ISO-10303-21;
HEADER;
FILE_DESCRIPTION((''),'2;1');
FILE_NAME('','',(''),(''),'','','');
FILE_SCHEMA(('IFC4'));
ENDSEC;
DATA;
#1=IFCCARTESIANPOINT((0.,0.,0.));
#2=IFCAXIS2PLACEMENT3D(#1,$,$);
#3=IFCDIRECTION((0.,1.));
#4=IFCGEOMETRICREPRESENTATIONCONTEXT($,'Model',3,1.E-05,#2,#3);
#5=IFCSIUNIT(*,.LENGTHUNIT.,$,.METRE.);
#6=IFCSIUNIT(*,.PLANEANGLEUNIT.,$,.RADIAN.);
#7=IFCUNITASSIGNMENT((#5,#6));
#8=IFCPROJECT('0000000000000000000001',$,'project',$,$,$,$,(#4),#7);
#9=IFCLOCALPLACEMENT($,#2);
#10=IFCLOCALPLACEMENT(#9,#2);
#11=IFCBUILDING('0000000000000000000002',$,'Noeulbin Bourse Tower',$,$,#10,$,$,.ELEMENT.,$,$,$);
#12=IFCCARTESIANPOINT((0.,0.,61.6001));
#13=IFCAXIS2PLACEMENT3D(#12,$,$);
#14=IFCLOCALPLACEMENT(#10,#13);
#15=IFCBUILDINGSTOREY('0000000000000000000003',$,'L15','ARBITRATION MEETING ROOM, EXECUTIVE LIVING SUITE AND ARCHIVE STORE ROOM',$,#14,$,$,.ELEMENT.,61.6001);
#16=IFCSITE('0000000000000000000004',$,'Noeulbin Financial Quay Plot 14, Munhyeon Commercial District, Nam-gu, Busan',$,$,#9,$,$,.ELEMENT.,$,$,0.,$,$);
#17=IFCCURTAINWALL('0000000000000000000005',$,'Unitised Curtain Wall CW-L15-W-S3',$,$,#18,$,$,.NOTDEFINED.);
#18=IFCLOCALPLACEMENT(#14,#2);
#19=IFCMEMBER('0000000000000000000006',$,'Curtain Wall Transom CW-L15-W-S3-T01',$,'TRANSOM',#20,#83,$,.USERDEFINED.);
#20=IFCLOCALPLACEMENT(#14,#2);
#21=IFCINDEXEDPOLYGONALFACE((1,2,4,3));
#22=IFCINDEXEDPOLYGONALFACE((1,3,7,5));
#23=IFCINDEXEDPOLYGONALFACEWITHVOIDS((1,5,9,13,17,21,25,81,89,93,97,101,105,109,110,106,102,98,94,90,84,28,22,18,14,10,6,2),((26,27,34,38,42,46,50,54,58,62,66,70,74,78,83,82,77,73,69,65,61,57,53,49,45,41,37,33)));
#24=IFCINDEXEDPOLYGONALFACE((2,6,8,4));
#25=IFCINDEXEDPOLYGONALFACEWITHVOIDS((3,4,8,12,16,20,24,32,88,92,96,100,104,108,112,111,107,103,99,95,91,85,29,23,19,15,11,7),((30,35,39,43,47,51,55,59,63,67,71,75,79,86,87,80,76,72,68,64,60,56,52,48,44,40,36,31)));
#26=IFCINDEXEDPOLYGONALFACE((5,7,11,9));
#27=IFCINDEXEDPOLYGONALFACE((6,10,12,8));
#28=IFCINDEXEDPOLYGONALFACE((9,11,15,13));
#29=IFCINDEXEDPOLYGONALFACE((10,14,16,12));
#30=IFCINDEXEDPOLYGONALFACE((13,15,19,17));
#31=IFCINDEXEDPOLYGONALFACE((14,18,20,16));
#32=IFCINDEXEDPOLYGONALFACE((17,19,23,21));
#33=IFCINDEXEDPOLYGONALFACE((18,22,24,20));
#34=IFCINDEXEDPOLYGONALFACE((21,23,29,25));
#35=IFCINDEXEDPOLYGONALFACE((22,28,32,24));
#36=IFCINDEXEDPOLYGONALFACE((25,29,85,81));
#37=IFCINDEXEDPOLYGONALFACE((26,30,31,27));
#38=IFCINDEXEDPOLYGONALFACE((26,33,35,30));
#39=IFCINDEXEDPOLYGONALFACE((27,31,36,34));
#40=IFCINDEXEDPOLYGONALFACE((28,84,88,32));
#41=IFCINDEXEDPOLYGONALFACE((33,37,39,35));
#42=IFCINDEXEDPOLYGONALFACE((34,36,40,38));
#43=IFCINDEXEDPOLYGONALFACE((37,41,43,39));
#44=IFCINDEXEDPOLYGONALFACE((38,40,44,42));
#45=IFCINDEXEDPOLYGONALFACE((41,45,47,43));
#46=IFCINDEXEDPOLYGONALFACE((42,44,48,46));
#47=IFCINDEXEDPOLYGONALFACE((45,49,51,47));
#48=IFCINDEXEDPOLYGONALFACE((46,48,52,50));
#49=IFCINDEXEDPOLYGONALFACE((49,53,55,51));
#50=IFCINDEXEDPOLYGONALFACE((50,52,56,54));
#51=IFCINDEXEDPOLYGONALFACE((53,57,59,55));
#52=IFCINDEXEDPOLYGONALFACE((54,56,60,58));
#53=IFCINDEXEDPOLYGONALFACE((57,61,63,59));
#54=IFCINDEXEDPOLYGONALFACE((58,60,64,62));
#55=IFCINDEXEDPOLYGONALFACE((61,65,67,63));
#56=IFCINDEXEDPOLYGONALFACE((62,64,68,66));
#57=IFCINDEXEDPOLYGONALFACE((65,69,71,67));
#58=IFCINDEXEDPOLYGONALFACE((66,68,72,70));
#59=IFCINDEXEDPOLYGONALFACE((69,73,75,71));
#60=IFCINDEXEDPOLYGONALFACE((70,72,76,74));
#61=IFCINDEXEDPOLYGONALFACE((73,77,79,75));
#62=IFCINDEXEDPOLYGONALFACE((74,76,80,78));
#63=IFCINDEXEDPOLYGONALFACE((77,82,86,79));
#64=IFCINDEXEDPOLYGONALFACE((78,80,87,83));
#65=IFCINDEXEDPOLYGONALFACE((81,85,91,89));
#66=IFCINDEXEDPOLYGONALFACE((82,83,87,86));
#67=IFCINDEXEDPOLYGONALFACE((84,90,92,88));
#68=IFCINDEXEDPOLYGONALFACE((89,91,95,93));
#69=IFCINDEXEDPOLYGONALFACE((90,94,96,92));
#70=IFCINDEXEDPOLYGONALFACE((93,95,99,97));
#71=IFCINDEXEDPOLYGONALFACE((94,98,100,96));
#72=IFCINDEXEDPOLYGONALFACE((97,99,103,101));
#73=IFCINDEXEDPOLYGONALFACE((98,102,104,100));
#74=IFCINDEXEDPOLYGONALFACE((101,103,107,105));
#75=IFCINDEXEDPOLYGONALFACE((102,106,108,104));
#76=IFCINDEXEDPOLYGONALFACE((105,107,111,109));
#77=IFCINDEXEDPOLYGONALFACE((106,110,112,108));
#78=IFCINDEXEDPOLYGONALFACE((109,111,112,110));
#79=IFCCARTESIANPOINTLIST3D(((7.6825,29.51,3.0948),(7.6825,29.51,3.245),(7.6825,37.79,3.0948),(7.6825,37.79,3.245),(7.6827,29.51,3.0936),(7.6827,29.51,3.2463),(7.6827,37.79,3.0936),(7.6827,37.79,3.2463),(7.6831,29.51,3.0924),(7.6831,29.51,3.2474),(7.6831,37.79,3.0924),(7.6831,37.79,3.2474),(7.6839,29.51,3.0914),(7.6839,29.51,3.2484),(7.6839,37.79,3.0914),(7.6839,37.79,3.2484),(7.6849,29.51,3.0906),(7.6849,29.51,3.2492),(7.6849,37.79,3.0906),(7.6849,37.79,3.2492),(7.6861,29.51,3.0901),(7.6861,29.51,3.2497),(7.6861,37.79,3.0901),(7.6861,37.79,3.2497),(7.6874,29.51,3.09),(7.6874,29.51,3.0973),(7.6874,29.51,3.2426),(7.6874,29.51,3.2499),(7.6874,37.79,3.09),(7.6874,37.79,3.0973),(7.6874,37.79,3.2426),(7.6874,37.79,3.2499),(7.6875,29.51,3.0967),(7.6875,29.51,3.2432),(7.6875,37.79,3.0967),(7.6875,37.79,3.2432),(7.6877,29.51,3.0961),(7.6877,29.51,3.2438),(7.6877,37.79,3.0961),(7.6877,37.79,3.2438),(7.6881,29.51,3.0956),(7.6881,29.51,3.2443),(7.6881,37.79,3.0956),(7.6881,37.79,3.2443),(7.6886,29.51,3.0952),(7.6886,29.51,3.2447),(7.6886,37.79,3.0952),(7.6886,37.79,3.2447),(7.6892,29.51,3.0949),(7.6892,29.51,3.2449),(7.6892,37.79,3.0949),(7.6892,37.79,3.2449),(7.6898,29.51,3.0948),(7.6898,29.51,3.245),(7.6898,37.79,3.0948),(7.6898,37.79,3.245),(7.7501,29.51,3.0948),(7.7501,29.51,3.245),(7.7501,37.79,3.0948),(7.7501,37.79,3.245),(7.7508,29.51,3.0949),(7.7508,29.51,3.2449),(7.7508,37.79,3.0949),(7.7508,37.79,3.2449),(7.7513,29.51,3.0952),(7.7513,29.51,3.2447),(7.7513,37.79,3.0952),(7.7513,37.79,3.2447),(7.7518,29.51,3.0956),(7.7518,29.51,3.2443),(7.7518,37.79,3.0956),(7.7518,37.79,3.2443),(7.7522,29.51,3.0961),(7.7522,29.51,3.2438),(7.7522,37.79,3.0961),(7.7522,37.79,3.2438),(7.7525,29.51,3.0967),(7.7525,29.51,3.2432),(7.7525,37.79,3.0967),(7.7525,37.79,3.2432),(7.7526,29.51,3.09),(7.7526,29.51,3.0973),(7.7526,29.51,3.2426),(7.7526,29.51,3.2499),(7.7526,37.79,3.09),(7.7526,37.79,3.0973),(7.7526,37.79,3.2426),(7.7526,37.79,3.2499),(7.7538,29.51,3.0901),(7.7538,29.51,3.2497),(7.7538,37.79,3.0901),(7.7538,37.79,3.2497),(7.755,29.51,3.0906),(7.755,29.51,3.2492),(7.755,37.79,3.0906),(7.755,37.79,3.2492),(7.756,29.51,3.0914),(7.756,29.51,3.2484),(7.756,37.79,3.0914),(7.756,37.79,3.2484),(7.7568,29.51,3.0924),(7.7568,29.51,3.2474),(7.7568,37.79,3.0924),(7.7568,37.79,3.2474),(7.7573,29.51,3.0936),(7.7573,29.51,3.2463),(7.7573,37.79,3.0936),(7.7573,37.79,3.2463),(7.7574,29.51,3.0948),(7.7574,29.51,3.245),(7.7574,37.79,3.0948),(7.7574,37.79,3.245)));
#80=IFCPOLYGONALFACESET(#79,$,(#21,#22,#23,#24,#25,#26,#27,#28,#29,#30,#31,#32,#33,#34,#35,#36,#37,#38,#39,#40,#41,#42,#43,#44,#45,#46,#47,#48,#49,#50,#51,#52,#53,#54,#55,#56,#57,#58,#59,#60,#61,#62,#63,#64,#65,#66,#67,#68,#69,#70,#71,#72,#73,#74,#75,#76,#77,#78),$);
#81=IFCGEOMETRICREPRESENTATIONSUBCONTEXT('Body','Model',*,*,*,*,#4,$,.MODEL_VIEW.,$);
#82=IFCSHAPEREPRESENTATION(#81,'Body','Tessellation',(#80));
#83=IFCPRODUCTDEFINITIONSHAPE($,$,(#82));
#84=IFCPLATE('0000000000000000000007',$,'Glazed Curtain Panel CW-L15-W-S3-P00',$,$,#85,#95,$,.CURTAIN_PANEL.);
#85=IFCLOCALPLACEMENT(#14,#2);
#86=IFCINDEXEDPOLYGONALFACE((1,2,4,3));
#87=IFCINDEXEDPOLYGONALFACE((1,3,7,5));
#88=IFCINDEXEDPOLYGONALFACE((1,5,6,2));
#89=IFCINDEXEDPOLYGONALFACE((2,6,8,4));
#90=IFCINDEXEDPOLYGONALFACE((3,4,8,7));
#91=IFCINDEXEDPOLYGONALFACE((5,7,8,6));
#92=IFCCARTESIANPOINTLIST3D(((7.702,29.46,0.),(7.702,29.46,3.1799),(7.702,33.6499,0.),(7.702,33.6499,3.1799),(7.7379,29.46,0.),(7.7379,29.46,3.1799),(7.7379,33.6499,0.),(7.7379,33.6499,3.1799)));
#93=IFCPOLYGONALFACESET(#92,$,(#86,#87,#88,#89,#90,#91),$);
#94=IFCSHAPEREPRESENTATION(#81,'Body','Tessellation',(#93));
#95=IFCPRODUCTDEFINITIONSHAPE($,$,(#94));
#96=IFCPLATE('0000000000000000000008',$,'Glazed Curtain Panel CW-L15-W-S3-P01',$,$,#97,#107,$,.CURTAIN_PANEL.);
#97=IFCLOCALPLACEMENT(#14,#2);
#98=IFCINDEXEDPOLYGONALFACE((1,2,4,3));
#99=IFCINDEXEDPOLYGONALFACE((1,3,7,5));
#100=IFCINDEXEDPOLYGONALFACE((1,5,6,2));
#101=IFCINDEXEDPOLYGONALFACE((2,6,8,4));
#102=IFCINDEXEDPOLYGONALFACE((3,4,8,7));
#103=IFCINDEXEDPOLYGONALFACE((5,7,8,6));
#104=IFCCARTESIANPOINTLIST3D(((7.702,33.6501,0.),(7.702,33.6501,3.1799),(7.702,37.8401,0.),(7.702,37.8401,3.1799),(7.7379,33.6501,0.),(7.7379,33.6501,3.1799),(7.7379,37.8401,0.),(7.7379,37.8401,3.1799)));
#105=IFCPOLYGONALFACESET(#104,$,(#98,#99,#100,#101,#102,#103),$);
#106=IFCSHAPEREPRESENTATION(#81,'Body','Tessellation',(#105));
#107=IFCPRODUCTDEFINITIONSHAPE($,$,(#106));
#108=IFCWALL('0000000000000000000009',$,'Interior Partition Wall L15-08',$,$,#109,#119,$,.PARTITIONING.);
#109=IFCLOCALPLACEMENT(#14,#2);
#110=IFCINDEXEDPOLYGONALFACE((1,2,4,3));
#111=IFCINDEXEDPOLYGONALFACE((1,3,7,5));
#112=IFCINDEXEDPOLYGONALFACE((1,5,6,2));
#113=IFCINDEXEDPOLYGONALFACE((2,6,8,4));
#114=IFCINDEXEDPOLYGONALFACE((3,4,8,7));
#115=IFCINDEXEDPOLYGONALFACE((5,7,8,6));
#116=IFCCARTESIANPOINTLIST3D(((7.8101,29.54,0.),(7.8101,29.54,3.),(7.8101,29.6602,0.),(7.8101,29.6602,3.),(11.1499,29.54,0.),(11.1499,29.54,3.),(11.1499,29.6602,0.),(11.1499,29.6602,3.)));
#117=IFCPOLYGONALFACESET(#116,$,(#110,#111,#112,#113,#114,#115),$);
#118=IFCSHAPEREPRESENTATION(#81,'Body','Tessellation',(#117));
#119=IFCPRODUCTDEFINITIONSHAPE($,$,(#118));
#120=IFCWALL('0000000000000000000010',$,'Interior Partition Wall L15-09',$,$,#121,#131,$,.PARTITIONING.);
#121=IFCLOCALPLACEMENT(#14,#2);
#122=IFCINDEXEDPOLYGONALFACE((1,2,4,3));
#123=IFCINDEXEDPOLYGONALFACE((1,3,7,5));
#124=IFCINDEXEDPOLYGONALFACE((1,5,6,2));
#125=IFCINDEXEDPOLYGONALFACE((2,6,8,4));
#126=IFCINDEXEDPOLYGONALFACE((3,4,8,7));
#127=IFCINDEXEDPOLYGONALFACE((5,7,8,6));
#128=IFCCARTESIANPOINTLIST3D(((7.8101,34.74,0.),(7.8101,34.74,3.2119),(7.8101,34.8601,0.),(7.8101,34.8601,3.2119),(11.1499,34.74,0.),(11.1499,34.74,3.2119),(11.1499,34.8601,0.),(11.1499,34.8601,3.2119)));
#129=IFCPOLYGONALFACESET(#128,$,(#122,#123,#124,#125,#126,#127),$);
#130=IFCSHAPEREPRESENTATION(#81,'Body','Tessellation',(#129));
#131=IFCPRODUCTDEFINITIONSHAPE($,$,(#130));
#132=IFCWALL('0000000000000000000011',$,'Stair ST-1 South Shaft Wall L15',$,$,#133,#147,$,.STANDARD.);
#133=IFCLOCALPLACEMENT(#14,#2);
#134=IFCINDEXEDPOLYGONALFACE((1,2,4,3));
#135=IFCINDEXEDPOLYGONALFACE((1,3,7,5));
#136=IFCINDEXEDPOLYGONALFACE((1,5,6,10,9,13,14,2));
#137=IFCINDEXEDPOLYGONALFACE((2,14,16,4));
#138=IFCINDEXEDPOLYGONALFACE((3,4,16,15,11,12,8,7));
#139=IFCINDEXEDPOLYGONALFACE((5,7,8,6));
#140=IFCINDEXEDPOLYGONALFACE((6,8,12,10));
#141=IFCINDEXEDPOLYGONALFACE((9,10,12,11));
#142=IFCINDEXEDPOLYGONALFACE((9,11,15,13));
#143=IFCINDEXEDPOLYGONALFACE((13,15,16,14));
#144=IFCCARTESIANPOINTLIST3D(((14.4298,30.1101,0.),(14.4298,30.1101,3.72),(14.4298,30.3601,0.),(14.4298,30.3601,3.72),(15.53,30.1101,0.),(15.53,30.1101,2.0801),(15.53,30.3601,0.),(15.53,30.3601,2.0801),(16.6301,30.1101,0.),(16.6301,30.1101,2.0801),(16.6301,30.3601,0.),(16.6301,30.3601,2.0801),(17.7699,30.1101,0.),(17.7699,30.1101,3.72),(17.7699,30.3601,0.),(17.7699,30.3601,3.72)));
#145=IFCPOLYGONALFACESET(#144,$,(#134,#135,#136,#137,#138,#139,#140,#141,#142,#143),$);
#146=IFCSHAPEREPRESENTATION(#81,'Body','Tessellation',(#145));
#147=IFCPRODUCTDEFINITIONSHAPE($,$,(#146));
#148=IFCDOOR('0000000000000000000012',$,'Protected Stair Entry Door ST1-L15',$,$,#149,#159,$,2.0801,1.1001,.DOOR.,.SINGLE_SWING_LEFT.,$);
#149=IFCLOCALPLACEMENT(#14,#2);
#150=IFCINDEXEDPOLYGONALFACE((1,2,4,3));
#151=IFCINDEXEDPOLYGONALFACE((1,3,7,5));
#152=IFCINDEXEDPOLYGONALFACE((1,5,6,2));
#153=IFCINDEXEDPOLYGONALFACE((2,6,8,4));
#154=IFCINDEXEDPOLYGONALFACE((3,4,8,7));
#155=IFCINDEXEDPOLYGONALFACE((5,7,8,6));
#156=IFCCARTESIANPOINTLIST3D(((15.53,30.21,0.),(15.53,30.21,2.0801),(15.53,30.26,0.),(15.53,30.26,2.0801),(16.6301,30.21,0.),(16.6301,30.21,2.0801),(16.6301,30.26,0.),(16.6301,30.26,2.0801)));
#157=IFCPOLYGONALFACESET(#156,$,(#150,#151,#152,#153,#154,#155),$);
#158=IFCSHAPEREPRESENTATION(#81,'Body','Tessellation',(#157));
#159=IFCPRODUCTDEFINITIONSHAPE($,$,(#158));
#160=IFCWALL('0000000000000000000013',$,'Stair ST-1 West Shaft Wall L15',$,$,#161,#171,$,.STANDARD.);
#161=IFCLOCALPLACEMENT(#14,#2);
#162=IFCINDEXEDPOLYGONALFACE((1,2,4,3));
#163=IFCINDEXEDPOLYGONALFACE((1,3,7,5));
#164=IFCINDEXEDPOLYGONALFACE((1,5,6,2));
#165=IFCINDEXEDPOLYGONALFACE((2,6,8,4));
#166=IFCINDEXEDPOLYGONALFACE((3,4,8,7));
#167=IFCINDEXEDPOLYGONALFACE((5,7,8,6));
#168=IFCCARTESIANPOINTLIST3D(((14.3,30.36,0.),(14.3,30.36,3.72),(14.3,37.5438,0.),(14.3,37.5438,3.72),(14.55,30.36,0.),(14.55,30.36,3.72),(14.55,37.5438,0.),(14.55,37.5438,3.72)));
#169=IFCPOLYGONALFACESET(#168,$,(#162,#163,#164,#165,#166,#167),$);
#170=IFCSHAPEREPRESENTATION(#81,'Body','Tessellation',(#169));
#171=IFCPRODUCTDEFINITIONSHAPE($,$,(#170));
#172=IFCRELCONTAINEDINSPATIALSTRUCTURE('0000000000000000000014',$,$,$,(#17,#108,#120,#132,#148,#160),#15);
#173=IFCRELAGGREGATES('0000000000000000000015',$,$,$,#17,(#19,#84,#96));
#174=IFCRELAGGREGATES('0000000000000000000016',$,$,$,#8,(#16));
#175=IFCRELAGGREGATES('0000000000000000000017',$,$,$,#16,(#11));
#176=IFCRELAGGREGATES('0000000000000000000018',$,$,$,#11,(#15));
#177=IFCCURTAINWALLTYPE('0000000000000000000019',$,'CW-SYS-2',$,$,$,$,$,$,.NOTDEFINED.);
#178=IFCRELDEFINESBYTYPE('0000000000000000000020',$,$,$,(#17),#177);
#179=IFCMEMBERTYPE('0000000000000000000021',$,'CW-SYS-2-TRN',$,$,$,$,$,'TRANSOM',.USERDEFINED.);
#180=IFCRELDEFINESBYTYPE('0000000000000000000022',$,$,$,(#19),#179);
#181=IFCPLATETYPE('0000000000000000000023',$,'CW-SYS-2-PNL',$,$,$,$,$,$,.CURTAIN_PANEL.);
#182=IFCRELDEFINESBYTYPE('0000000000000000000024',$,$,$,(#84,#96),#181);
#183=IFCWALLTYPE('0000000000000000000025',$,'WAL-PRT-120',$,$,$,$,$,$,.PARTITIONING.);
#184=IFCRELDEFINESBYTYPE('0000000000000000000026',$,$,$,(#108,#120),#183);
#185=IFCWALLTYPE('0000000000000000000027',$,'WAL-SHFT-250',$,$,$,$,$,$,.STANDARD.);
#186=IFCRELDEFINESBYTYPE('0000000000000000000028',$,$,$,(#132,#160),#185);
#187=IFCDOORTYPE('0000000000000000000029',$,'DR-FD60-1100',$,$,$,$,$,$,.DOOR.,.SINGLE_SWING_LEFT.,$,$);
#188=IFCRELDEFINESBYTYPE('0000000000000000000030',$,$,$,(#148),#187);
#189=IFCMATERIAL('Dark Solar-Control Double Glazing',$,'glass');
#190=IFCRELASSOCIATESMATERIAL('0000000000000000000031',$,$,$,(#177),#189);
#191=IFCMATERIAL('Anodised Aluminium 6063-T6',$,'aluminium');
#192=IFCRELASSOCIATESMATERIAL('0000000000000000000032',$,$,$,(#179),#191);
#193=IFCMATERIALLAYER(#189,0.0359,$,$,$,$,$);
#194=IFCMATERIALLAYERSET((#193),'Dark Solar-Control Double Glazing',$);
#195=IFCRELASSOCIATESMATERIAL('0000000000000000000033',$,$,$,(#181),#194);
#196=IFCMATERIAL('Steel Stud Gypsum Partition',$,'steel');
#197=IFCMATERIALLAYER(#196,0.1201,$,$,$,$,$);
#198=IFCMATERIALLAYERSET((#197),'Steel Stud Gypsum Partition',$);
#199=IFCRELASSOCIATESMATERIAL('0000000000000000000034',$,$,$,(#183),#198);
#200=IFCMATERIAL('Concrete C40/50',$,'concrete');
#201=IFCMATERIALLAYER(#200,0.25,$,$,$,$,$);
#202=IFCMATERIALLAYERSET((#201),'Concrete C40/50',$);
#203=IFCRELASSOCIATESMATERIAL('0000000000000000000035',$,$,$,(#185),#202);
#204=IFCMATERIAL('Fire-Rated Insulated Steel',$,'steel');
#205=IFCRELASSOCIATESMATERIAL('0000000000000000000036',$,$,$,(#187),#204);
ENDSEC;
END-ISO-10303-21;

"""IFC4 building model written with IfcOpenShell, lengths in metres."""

from ifc_helpers import new_model, si_unit, direction, frame, frame_2d, origin, origin_2d, place, context, subcontext, project, spatial, rectangle, hollow_rectangle, extrude, material, layer, layer_set, material_profile, profile_set, type_object, element, fill, aggregate, save


model = new_model("IFC4")

# Units and contexts
model_context = context("Model", 3, precision=1e-05, world=origin(), true_north=direction((0.0, 1.0)))
body_context = subcontext(model_context, "Body", "Model", "MODEL_VIEW")
ifc_project = project(units=[si_unit("LENGTHUNIT", "METRE"), si_unit("PLANEANGLEUNIT", "RADIAN")], contexts=[model_context])

# Site, building, storey
site_placement = place(None, origin())
site = spatial("IfcSite", under=ifc_project, at=site_placement, Name="Noeulbin Financial Quay Plot 14, Munhyeon Commercial District, Nam-gu, Busan", CompositionType="ELEMENT", RefElevation=0.0)
building_placement = place(site_placement, origin())
building = spatial("IfcBuilding", under=site, at=building_placement, Name="Noeulbin Bourse Tower", CompositionType="ELEMENT")
storey_placement = place(building_placement, frame((0.0, 0.0, 61.6001)))
storey = spatial("IfcBuildingStorey", under=building, at=storey_placement, Name="L15", Description="ARBITRATION MEETING ROOM, EXECUTIVE LIVING SUITE AND ARCHIVE STORE ROOM", CompositionType="ELEMENT", Elevation=61.6001)

# Curtain wall, member, plates
ifc_material_1 = material(Name="Dark Solar-Control Double Glazing", Category="glass")
curtain_wall_type = type_object("IfcCurtainWallType", Name="CW-SYS-2", PredefinedType="NOTDEFINED", material=ifc_material_1)
curtain_wall_placement = place(storey_placement, origin())
curtain_wall = element("IfcCurtainWall", 1, at=curtain_wall_placement, inside=storey, type_object=curtain_wall_type, Name="Unitised Curtain Wall CW-L15-W-S3", PredefinedType="NOTDEFINED")
ifc_material_2 = material(Name="Anodised Aluminium 6063-T6", Category="aluminium")
ifc_material_profile_1 = material_profile(ifc_material_2, hollow_rectangle(XDim=0.075, YDim=0.1599, WallThickness=0.0049, InnerFilletRadius=0.0024, OuterFilletRadius=0.0049, at=origin_2d()), Name="ALU-TRAN-75x160x5", Category="LoadBearing")
ifc_profile_set_1 = profile_set([ifc_material_profile_1], Name="Anodised Aluminium 6063-T6")
member_type_1 = type_object("IfcMemberType", Name="CW-SYS-2-TRN", ElementType="TRANSOM", PredefinedType="USERDEFINED", material=ifc_profile_set_1)
member_1_placement = place(storey_placement, frame((7.72, 29.51, 3.1699), z_axis=(0.0, 1.0, 0.0), x_axis=(-1.0, 0.0, 0.0)))
member_1 = element("IfcMember", 2, at=member_1_placement, type_object=member_type_1, Name="Curtain Wall Transom CW-L15-W-S3-T01", ObjectType="TRANSOM", PredefinedType="USERDEFINED", context=body_context, shape_type="SweptSolid", body=[
    extrude(hollow_rectangle(XDim=0.075, YDim=0.1599, WallThickness=0.0049, InnerFilletRadius=0.0024, OuterFilletRadius=0.0049, at=origin_2d()), origin(), (0.0, 0.0, 1.0), 8.28),
])
ifc_layer_1 = layer(ifc_material_1, 0.0359)
ifc_layer_set_1 = layer_set([ifc_layer_1], Name="Dark Solar-Control Double Glazing")
plate_type = type_object("IfcPlateType", Name="CW-SYS-2-PNL", PredefinedType="CURTAIN_PANEL", material=ifc_layer_set_1)
plate_1_placement = place(storey_placement, frame((7.72, 31.5549, 0.0), z_axis=(0.0, 0.0, 1.0), x_axis=(0.0, 1.0, 0.0)))
plate_1 = element("IfcPlate", 3, at=plate_1_placement, type_object=plate_type, Name="Glazed Curtain Panel CW-L15-W-S3-P00", PredefinedType="CURTAIN_PANEL", context=body_context, shape_type="SweptSolid", body=[
    extrude(rectangle(XDim=4.1899, YDim=0.0359, at=origin_2d()), origin(), (0.0, 0.0, 1.0), 3.1799),
])
plate_2_placement = place(storey_placement, frame((7.72, 35.7451, 0.0), z_axis=(0.0, 0.0, 1.0), x_axis=(0.0, 1.0, 0.0)))
plate_2 = element("IfcPlate", 4, at=plate_2_placement, type_object=plate_type, Name="Glazed Curtain Panel CW-L15-W-S3-P01", PredefinedType="CURTAIN_PANEL", context=body_context, shape_type="SweptSolid", body=[
    extrude(rectangle(XDim=4.1899, YDim=0.0359, at=origin_2d()), origin(), (0.0, 0.0, 1.0), 3.1799),
])
aggregate(curtain_wall, [member_1, plate_1, plate_2])

# Walls
ifc_material_3 = material(Name="Steel Stud Gypsum Partition", Category="steel")
ifc_layer_2 = layer(ifc_material_3, 0.1201)
ifc_layer_set_2 = layer_set([ifc_layer_2], Name="Steel Stud Gypsum Partition")
wall_type_1 = type_object("IfcWallType", Name="WAL-PRT-120", PredefinedType="PARTITIONING", material=ifc_layer_set_2)
wall_1_placement = place(storey_placement, frame((7.8101, 29.6001, 0.0), z_axis=(0.0, 0.0, 1.0), x_axis=(1.0, 0.0, 0.0)))
element("IfcWall", 5, at=wall_1_placement, inside=storey, type_object=wall_type_1, Name="Interior Partition Wall L15-08", PredefinedType="PARTITIONING", context=body_context, shape_type="SweptSolid", body=[
    extrude(rectangle(XDim=3.3398, YDim=0.1201, at=frame_2d((1.6699, 0.0))), origin(), (0.0, 0.0, 1.0), 3.0),
])
wall_2_placement = place(storey_placement, frame((7.8101, 34.8, 0.0), z_axis=(0.0, 0.0, 1.0), x_axis=(1.0, 0.0, 0.0)))
element("IfcWall", 6, at=wall_2_placement, inside=storey, type_object=wall_type_1, Name="Interior Partition Wall L15-09", PredefinedType="PARTITIONING", context=body_context, shape_type="SweptSolid", body=[
    extrude(rectangle(XDim=3.3398, YDim=0.1201, at=frame_2d((1.6699, 0.0))), origin(), (0.0, 0.0, 1.0), 3.2119),
])

# Wall, opening, door
ifc_material_4 = material(Name="Concrete C40/50", Category="concrete")
ifc_layer_3 = layer(ifc_material_4, 0.25)
ifc_layer_set_3 = layer_set([ifc_layer_3], Name="Concrete C40/50")
wall_type_2 = type_object("IfcWallType", Name="WAL-SHFT-250", PredefinedType="STANDARD", material=ifc_layer_set_3)
wall_3_placement = place(storey_placement, frame((14.4299, 30.2351, 0.0), z_axis=(0.0, 0.0, 1.0), x_axis=(1.0, 0.0, 0.0)))
wall_3 = element("IfcWall", 7, at=wall_3_placement, inside=storey, type_object=wall_type_2, Name="Stair ST-1 South Shaft Wall L15", PredefinedType="STANDARD", context=body_context, shape_type="SweptSolid", body=[
    extrude(rectangle(XDim=3.3401, YDim=0.25, at=frame_2d((1.6699, 0.0))), origin(), (0.0, 0.0, 1.0), 3.72),
])
opening_placement = place(wall_3_placement, frame((1.1001, 0.0, 0.0)))
opening = element("IfcOpeningElement", 8, at=opening_placement, cuts=wall_3, PredefinedType="OPENING", context=body_context, shape_type="SweptSolid", body=[
    extrude(rectangle(XDim=1.1001, YDim=2.0801, at=frame_2d((0.55, 1.04))), frame((0.0, 0.135, 0.0), z_axis=(0.0, -1.0, 0.0), x_axis=(1.0, 0.0, 0.0)), (0.0, 0.0, 1.0), 0.27),
])
ifc_material_5 = material(Name="Fire-Rated Insulated Steel", Category="steel")
door_type = type_object("IfcDoorType", Name="DR-FD60-1100", OperationType="SINGLE_SWING_LEFT", PredefinedType="DOOR", material=ifc_material_5)
door_placement = place(opening_placement, origin())
door = element("IfcDoor", 9, at=door_placement, inside=storey, type_object=door_type, Name="Protected Stair Entry Door ST1-L15", OperationType="SINGLE_SWING_LEFT", OverallHeight=2.0801, OverallWidth=1.1001, PredefinedType="DOOR", context=body_context, shape_type="SweptSolid", body=[
    extrude(rectangle(XDim=1.1001, YDim=2.0801, at=frame_2d((0.55, 1.04))), frame((0.0, 0.0249, 0.0), z_axis=(0.0, -1.0, 0.0), x_axis=(1.0, 0.0, 0.0)), (0.0, 0.0, 1.0), 0.05),
])
fill(opening, door)

# Wall
wall_4_placement = place(storey_placement, frame((14.425, 30.3601, 0.0), z_axis=(0.0, 0.0, 1.0), x_axis=(0.0, 1.0, 0.0)))
element("IfcWall", 10, at=wall_4_placement, inside=storey, type_object=wall_type_2, Name="Stair ST-1 West Shaft Wall L15", PredefinedType="STANDARD", context=body_context, shape_type="SweptSolid", body=[
    extrude(rectangle(XDim=7.1838, YDim=0.25, at=frame_2d((3.5918, 0.0))), origin(), (0.0, 0.0, 1.0), 3.72),
])

save(model, "model.ifc")
